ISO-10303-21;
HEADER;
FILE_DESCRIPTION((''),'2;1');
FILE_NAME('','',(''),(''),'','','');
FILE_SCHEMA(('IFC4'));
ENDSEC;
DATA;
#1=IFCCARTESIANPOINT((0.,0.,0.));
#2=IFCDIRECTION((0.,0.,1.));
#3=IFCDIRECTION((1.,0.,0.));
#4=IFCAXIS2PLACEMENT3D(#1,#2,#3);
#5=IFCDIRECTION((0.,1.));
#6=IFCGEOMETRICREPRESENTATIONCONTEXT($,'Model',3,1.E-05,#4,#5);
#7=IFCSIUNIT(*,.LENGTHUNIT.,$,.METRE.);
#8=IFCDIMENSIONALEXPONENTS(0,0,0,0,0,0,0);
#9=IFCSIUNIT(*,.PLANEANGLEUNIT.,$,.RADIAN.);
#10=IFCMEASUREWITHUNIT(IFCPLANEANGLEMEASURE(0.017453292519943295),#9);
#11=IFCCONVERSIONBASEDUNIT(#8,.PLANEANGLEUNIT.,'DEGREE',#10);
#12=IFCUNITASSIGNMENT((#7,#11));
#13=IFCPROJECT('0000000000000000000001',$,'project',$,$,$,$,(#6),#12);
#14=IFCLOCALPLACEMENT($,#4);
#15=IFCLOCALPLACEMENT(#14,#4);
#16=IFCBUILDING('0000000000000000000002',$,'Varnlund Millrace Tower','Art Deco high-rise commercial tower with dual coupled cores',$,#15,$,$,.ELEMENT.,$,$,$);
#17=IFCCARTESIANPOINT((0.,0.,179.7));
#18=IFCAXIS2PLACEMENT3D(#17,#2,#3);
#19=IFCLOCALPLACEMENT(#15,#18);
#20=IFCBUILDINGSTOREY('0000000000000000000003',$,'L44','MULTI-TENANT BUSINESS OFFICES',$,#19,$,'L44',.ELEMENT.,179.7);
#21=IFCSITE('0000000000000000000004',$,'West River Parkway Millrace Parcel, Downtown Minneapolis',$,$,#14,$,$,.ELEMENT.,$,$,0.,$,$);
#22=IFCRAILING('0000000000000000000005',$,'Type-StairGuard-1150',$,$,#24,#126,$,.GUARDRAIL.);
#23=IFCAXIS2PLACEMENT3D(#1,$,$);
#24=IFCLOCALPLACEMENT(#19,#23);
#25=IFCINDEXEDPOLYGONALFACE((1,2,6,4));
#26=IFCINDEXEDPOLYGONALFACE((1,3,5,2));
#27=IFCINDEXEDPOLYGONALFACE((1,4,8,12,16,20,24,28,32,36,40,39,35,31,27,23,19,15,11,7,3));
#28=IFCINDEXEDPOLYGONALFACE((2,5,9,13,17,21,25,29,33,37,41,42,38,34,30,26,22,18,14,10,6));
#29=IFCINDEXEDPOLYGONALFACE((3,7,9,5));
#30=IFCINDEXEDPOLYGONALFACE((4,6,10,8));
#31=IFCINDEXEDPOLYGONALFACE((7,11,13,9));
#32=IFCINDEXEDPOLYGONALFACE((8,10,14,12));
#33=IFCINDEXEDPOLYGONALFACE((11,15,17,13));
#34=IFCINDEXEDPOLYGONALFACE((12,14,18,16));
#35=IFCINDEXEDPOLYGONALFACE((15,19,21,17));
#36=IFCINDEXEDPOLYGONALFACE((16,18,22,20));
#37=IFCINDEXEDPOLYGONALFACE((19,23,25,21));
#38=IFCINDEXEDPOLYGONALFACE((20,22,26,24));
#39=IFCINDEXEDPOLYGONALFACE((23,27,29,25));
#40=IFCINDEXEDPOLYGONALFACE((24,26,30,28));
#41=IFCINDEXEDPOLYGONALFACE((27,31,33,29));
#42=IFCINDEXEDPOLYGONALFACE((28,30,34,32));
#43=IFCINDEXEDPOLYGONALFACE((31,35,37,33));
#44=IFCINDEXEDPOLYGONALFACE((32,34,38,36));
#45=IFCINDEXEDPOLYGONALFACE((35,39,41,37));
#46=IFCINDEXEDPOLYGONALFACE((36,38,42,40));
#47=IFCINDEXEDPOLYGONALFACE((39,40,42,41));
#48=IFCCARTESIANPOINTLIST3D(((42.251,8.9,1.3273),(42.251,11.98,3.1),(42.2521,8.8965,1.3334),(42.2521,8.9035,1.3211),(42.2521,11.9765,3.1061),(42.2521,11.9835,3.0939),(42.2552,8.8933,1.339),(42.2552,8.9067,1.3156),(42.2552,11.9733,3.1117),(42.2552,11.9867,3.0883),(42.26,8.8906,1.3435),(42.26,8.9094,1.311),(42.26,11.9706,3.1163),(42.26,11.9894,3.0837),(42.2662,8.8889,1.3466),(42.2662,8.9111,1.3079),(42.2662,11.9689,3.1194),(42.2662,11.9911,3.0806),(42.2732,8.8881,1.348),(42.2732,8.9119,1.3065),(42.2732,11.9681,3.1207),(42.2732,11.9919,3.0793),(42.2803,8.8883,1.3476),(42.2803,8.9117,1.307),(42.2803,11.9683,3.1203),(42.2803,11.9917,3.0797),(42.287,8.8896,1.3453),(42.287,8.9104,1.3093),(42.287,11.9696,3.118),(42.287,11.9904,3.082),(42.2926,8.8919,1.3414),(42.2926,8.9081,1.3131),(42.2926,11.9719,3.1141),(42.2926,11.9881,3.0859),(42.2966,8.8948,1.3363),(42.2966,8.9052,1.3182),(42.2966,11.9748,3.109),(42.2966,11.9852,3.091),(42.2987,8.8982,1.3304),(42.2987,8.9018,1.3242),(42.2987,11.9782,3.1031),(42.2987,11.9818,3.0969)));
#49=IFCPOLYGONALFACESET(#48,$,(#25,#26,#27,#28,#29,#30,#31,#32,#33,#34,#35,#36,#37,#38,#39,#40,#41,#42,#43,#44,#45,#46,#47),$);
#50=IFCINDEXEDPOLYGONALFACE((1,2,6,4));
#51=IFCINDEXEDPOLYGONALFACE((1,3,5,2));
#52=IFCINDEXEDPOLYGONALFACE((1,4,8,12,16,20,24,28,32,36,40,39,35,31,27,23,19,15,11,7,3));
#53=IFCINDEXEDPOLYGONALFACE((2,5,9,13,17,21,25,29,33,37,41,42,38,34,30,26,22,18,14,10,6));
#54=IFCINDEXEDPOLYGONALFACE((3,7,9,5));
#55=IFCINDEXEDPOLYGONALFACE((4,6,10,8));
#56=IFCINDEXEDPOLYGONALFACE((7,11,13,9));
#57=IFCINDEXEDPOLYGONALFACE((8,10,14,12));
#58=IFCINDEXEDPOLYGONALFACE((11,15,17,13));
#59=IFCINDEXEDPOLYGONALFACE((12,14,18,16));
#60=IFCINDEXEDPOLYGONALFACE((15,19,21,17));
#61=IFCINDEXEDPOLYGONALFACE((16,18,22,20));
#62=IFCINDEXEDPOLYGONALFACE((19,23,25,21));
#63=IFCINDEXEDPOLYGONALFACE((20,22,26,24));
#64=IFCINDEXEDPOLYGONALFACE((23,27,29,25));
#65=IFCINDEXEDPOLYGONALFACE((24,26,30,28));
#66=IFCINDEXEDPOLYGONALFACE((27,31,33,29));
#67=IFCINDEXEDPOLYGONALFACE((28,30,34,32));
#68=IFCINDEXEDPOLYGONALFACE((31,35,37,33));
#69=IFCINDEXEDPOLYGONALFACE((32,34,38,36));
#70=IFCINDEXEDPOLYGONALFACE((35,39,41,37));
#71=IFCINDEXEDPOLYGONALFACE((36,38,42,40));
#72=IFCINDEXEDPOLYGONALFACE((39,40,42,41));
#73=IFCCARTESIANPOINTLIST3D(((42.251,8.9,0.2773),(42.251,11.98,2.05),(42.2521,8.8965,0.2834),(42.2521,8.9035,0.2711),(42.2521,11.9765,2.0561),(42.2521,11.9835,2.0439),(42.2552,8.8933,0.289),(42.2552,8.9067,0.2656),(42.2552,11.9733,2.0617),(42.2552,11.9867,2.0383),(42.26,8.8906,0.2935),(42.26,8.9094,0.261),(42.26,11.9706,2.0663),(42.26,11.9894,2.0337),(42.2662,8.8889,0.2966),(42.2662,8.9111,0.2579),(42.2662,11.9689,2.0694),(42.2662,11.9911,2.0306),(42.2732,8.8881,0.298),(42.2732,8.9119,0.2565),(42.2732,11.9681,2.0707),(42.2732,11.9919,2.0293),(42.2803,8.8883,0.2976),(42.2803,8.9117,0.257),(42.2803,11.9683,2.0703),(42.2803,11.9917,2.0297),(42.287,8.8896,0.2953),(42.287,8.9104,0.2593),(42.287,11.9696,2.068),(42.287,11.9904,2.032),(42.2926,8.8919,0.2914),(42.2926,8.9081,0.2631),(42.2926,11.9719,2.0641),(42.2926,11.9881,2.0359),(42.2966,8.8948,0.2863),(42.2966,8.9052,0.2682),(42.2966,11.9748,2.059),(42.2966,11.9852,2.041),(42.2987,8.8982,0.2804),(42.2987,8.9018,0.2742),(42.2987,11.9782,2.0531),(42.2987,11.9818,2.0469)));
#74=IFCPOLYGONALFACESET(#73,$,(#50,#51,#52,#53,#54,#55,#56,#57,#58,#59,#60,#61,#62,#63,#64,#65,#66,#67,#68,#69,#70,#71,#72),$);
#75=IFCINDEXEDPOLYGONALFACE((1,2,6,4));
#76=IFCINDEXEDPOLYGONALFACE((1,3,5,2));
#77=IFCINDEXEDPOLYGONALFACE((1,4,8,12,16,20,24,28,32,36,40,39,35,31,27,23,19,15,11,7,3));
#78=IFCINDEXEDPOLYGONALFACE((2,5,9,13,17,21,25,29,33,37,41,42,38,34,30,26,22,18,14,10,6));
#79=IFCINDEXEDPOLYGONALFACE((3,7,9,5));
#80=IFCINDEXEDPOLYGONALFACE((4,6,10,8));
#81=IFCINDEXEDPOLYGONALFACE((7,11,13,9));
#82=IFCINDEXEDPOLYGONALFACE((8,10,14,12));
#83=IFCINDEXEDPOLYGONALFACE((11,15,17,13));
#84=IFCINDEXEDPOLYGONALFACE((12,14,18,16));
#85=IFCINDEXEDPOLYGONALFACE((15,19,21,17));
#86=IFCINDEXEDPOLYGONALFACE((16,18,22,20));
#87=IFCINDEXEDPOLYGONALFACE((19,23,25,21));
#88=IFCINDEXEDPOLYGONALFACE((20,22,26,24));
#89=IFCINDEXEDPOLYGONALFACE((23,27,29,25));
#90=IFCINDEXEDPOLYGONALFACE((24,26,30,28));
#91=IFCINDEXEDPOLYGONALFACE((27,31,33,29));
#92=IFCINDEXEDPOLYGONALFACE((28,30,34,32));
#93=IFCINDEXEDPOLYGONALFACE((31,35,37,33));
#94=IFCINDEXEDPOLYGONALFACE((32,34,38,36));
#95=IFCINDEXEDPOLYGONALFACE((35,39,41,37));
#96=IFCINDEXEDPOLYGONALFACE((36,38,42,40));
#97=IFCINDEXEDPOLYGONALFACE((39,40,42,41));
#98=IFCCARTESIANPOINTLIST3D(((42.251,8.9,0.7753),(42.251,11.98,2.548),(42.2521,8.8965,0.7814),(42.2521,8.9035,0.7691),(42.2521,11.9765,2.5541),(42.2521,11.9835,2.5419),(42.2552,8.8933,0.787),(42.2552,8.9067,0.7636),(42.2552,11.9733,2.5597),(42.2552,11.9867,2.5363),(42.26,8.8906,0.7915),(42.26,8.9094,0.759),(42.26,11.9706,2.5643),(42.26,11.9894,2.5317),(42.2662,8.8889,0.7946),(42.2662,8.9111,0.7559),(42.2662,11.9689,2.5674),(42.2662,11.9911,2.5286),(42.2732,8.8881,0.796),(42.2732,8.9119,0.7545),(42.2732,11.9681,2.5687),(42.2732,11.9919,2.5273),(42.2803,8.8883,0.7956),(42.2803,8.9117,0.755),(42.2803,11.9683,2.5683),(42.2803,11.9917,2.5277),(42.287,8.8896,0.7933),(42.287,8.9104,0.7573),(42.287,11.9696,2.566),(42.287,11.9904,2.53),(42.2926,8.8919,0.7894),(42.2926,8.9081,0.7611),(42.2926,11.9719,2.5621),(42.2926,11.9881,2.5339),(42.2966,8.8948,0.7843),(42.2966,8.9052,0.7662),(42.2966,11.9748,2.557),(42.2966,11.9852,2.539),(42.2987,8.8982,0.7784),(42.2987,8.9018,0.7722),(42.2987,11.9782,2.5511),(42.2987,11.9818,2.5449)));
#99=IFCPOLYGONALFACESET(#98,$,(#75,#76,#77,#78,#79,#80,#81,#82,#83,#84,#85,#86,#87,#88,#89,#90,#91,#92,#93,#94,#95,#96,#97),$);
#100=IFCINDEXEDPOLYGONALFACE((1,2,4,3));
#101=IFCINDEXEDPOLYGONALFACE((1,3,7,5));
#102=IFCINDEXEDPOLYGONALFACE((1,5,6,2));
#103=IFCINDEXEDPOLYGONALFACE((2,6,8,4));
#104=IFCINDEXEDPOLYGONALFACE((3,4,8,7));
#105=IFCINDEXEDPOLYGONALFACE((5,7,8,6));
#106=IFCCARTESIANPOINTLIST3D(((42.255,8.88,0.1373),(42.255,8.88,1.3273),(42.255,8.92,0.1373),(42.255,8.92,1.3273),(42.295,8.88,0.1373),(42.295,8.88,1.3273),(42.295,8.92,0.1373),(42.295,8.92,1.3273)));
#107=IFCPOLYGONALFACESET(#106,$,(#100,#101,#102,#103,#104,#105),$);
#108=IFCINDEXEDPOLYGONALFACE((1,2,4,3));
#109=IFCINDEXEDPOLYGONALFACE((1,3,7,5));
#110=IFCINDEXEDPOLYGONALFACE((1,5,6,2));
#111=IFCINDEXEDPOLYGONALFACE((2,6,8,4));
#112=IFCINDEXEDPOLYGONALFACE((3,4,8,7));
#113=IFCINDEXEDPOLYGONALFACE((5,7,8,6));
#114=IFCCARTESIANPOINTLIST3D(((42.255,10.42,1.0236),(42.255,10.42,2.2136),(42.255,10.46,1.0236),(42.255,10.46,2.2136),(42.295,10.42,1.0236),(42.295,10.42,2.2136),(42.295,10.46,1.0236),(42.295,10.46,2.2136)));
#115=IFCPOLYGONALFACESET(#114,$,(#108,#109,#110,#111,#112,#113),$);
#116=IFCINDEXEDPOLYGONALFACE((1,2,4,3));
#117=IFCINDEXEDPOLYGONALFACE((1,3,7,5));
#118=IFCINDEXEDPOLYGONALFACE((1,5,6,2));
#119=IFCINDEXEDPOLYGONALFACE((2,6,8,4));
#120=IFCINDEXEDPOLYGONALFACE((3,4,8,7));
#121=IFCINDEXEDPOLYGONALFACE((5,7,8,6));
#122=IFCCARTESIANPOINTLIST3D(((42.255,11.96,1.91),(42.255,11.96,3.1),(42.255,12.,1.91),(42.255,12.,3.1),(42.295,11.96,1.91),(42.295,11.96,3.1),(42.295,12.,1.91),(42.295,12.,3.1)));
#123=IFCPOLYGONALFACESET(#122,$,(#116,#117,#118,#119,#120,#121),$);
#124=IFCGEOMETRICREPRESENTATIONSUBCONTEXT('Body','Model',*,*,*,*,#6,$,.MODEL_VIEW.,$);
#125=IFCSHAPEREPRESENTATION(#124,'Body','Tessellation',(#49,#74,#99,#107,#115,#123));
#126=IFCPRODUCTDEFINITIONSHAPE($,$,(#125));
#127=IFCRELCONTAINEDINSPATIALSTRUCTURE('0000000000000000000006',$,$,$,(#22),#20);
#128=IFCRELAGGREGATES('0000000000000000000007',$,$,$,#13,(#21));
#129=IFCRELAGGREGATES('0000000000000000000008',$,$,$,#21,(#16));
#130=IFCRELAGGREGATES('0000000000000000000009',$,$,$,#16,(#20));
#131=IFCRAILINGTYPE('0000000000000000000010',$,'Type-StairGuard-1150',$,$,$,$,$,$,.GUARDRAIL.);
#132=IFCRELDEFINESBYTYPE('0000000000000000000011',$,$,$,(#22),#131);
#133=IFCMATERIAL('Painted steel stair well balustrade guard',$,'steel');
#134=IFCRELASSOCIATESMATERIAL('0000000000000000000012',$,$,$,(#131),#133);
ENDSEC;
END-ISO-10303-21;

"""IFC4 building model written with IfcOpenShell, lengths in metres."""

from ifc_helpers import new_model, entity, si_unit, converted_unit, direction, frame, origin_with_axes, origin_2d_with_axis, place, context, subcontext, project, spatial, rectangle, circle, extrude, material, type_object, element, save


model = new_model("IFC4")

# Units and contexts
model_context = context("Model", 3, precision=1e-05, world=origin_with_axes(), true_north=direction((0.0, 1.0)))
body_context = subcontext(model_context, "Body", "Model", "MODEL_VIEW")
ifc_project = project(units=[si_unit("LENGTHUNIT", "METRE"), converted_unit("PLANEANGLEUNIT", "DEGREE", entity("IfcPlaneAngleMeasure", 0.017453292519943295), si_unit("PLANEANGLEUNIT", "RADIAN"), dimensions=[0, 0, 0, 0, 0, 0, 0])], contexts=[model_context])

# Site, building, storey
site_placement = place(None, origin_with_axes())
site = spatial("IfcSite", under=ifc_project, at=site_placement, Name="West River Parkway Millrace Parcel, Downtown Minneapolis", CompositionType="ELEMENT", RefElevation=0.0)
building_placement = place(site_placement, origin_with_axes())
building = spatial("IfcBuilding", under=site, at=building_placement, Name="Varnlund Millrace Tower", Description="Art Deco high-rise commercial tower with dual coupled cores", CompositionType="ELEMENT")
storey_placement = place(building_placement, frame((0.0, 0.0, 179.7), z_axis=(0.0, 0.0, 1.0), x_axis=(1.0, 0.0, 0.0)))
storey = spatial("IfcBuildingStorey", under=building, at=storey_placement, Name="L44", Description="MULTI-TENANT BUSINESS OFFICES", LongName="L44", CompositionType="ELEMENT", Elevation=179.7)

# Railing
ifc_material_1 = material(Name="Painted steel stair well balustrade guard", Category="steel")
railing_type_1 = type_object("IfcRailingType", Name="Type-StairGuard-1150", PredefinedType="GUARDRAIL", material=ifc_material_1)
railing_1_placement = place(storey_placement, frame((0.0, 0.0, -179.7), z_axis=(0.0, 0.0, 1.0), x_axis=(1.0, 0.0, 0.0)))
element("IfcRailing", 1, at=railing_1_placement, inside=storey, type_object=railing_type_1, Name="Type-StairGuard-1150", PredefinedType="GUARDRAIL", context=body_context, shape_type="SweptSolid", body=[
    extrude(circle(Radius=0.024, at=origin_2d_with_axis()), frame((42.275, 8.9, 181.0273), z_axis=(0.0, 0.866696, 0.498836), x_axis=(-1.0, 0.0, 0.0)), (0.0, 0.0, 1.0), 3.5537),
    extrude(circle(Radius=0.024, at=origin_2d_with_axis()), frame((42.275, 8.9, 179.9773), z_axis=(0.0, 0.866696, 0.498836), x_axis=(-1.0, 0.0, 0.0)), (0.0, 0.0, 1.0), 3.5537),
    extrude(circle(Radius=0.024, at=origin_2d_with_axis()), frame((42.275, 8.9, 180.4753), z_axis=(0.0, 0.866696, 0.498836), x_axis=(-1.0, 0.0, 0.0)), (0.0, 0.0, 1.0), 3.5537),
    extrude(rectangle(XDim=0.04, YDim=0.04, at=origin_2d_with_axis()), frame((42.275, 8.9, 179.8373), z_axis=(0.0, 0.0, 1.0), x_axis=(1.0, 0.0, 0.0)), (0.0, 0.0, 1.0), 1.19),
    extrude(rectangle(XDim=0.04, YDim=0.04, at=origin_2d_with_axis()), frame((42.275, 10.44, 180.7236), z_axis=(0.0, 0.0, 1.0), x_axis=(1.0, 0.0, 0.0)), (0.0, 0.0, 1.0), 1.19),
    extrude(rectangle(XDim=0.04, YDim=0.04, at=origin_2d_with_axis()), frame((42.275, 11.98, 181.61), z_axis=(0.0, 0.0, 1.0), x_axis=(1.0, 0.0, 0.0)), (0.0, 0.0, 1.0), 1.19),
])

save(model, "model.ifc")
